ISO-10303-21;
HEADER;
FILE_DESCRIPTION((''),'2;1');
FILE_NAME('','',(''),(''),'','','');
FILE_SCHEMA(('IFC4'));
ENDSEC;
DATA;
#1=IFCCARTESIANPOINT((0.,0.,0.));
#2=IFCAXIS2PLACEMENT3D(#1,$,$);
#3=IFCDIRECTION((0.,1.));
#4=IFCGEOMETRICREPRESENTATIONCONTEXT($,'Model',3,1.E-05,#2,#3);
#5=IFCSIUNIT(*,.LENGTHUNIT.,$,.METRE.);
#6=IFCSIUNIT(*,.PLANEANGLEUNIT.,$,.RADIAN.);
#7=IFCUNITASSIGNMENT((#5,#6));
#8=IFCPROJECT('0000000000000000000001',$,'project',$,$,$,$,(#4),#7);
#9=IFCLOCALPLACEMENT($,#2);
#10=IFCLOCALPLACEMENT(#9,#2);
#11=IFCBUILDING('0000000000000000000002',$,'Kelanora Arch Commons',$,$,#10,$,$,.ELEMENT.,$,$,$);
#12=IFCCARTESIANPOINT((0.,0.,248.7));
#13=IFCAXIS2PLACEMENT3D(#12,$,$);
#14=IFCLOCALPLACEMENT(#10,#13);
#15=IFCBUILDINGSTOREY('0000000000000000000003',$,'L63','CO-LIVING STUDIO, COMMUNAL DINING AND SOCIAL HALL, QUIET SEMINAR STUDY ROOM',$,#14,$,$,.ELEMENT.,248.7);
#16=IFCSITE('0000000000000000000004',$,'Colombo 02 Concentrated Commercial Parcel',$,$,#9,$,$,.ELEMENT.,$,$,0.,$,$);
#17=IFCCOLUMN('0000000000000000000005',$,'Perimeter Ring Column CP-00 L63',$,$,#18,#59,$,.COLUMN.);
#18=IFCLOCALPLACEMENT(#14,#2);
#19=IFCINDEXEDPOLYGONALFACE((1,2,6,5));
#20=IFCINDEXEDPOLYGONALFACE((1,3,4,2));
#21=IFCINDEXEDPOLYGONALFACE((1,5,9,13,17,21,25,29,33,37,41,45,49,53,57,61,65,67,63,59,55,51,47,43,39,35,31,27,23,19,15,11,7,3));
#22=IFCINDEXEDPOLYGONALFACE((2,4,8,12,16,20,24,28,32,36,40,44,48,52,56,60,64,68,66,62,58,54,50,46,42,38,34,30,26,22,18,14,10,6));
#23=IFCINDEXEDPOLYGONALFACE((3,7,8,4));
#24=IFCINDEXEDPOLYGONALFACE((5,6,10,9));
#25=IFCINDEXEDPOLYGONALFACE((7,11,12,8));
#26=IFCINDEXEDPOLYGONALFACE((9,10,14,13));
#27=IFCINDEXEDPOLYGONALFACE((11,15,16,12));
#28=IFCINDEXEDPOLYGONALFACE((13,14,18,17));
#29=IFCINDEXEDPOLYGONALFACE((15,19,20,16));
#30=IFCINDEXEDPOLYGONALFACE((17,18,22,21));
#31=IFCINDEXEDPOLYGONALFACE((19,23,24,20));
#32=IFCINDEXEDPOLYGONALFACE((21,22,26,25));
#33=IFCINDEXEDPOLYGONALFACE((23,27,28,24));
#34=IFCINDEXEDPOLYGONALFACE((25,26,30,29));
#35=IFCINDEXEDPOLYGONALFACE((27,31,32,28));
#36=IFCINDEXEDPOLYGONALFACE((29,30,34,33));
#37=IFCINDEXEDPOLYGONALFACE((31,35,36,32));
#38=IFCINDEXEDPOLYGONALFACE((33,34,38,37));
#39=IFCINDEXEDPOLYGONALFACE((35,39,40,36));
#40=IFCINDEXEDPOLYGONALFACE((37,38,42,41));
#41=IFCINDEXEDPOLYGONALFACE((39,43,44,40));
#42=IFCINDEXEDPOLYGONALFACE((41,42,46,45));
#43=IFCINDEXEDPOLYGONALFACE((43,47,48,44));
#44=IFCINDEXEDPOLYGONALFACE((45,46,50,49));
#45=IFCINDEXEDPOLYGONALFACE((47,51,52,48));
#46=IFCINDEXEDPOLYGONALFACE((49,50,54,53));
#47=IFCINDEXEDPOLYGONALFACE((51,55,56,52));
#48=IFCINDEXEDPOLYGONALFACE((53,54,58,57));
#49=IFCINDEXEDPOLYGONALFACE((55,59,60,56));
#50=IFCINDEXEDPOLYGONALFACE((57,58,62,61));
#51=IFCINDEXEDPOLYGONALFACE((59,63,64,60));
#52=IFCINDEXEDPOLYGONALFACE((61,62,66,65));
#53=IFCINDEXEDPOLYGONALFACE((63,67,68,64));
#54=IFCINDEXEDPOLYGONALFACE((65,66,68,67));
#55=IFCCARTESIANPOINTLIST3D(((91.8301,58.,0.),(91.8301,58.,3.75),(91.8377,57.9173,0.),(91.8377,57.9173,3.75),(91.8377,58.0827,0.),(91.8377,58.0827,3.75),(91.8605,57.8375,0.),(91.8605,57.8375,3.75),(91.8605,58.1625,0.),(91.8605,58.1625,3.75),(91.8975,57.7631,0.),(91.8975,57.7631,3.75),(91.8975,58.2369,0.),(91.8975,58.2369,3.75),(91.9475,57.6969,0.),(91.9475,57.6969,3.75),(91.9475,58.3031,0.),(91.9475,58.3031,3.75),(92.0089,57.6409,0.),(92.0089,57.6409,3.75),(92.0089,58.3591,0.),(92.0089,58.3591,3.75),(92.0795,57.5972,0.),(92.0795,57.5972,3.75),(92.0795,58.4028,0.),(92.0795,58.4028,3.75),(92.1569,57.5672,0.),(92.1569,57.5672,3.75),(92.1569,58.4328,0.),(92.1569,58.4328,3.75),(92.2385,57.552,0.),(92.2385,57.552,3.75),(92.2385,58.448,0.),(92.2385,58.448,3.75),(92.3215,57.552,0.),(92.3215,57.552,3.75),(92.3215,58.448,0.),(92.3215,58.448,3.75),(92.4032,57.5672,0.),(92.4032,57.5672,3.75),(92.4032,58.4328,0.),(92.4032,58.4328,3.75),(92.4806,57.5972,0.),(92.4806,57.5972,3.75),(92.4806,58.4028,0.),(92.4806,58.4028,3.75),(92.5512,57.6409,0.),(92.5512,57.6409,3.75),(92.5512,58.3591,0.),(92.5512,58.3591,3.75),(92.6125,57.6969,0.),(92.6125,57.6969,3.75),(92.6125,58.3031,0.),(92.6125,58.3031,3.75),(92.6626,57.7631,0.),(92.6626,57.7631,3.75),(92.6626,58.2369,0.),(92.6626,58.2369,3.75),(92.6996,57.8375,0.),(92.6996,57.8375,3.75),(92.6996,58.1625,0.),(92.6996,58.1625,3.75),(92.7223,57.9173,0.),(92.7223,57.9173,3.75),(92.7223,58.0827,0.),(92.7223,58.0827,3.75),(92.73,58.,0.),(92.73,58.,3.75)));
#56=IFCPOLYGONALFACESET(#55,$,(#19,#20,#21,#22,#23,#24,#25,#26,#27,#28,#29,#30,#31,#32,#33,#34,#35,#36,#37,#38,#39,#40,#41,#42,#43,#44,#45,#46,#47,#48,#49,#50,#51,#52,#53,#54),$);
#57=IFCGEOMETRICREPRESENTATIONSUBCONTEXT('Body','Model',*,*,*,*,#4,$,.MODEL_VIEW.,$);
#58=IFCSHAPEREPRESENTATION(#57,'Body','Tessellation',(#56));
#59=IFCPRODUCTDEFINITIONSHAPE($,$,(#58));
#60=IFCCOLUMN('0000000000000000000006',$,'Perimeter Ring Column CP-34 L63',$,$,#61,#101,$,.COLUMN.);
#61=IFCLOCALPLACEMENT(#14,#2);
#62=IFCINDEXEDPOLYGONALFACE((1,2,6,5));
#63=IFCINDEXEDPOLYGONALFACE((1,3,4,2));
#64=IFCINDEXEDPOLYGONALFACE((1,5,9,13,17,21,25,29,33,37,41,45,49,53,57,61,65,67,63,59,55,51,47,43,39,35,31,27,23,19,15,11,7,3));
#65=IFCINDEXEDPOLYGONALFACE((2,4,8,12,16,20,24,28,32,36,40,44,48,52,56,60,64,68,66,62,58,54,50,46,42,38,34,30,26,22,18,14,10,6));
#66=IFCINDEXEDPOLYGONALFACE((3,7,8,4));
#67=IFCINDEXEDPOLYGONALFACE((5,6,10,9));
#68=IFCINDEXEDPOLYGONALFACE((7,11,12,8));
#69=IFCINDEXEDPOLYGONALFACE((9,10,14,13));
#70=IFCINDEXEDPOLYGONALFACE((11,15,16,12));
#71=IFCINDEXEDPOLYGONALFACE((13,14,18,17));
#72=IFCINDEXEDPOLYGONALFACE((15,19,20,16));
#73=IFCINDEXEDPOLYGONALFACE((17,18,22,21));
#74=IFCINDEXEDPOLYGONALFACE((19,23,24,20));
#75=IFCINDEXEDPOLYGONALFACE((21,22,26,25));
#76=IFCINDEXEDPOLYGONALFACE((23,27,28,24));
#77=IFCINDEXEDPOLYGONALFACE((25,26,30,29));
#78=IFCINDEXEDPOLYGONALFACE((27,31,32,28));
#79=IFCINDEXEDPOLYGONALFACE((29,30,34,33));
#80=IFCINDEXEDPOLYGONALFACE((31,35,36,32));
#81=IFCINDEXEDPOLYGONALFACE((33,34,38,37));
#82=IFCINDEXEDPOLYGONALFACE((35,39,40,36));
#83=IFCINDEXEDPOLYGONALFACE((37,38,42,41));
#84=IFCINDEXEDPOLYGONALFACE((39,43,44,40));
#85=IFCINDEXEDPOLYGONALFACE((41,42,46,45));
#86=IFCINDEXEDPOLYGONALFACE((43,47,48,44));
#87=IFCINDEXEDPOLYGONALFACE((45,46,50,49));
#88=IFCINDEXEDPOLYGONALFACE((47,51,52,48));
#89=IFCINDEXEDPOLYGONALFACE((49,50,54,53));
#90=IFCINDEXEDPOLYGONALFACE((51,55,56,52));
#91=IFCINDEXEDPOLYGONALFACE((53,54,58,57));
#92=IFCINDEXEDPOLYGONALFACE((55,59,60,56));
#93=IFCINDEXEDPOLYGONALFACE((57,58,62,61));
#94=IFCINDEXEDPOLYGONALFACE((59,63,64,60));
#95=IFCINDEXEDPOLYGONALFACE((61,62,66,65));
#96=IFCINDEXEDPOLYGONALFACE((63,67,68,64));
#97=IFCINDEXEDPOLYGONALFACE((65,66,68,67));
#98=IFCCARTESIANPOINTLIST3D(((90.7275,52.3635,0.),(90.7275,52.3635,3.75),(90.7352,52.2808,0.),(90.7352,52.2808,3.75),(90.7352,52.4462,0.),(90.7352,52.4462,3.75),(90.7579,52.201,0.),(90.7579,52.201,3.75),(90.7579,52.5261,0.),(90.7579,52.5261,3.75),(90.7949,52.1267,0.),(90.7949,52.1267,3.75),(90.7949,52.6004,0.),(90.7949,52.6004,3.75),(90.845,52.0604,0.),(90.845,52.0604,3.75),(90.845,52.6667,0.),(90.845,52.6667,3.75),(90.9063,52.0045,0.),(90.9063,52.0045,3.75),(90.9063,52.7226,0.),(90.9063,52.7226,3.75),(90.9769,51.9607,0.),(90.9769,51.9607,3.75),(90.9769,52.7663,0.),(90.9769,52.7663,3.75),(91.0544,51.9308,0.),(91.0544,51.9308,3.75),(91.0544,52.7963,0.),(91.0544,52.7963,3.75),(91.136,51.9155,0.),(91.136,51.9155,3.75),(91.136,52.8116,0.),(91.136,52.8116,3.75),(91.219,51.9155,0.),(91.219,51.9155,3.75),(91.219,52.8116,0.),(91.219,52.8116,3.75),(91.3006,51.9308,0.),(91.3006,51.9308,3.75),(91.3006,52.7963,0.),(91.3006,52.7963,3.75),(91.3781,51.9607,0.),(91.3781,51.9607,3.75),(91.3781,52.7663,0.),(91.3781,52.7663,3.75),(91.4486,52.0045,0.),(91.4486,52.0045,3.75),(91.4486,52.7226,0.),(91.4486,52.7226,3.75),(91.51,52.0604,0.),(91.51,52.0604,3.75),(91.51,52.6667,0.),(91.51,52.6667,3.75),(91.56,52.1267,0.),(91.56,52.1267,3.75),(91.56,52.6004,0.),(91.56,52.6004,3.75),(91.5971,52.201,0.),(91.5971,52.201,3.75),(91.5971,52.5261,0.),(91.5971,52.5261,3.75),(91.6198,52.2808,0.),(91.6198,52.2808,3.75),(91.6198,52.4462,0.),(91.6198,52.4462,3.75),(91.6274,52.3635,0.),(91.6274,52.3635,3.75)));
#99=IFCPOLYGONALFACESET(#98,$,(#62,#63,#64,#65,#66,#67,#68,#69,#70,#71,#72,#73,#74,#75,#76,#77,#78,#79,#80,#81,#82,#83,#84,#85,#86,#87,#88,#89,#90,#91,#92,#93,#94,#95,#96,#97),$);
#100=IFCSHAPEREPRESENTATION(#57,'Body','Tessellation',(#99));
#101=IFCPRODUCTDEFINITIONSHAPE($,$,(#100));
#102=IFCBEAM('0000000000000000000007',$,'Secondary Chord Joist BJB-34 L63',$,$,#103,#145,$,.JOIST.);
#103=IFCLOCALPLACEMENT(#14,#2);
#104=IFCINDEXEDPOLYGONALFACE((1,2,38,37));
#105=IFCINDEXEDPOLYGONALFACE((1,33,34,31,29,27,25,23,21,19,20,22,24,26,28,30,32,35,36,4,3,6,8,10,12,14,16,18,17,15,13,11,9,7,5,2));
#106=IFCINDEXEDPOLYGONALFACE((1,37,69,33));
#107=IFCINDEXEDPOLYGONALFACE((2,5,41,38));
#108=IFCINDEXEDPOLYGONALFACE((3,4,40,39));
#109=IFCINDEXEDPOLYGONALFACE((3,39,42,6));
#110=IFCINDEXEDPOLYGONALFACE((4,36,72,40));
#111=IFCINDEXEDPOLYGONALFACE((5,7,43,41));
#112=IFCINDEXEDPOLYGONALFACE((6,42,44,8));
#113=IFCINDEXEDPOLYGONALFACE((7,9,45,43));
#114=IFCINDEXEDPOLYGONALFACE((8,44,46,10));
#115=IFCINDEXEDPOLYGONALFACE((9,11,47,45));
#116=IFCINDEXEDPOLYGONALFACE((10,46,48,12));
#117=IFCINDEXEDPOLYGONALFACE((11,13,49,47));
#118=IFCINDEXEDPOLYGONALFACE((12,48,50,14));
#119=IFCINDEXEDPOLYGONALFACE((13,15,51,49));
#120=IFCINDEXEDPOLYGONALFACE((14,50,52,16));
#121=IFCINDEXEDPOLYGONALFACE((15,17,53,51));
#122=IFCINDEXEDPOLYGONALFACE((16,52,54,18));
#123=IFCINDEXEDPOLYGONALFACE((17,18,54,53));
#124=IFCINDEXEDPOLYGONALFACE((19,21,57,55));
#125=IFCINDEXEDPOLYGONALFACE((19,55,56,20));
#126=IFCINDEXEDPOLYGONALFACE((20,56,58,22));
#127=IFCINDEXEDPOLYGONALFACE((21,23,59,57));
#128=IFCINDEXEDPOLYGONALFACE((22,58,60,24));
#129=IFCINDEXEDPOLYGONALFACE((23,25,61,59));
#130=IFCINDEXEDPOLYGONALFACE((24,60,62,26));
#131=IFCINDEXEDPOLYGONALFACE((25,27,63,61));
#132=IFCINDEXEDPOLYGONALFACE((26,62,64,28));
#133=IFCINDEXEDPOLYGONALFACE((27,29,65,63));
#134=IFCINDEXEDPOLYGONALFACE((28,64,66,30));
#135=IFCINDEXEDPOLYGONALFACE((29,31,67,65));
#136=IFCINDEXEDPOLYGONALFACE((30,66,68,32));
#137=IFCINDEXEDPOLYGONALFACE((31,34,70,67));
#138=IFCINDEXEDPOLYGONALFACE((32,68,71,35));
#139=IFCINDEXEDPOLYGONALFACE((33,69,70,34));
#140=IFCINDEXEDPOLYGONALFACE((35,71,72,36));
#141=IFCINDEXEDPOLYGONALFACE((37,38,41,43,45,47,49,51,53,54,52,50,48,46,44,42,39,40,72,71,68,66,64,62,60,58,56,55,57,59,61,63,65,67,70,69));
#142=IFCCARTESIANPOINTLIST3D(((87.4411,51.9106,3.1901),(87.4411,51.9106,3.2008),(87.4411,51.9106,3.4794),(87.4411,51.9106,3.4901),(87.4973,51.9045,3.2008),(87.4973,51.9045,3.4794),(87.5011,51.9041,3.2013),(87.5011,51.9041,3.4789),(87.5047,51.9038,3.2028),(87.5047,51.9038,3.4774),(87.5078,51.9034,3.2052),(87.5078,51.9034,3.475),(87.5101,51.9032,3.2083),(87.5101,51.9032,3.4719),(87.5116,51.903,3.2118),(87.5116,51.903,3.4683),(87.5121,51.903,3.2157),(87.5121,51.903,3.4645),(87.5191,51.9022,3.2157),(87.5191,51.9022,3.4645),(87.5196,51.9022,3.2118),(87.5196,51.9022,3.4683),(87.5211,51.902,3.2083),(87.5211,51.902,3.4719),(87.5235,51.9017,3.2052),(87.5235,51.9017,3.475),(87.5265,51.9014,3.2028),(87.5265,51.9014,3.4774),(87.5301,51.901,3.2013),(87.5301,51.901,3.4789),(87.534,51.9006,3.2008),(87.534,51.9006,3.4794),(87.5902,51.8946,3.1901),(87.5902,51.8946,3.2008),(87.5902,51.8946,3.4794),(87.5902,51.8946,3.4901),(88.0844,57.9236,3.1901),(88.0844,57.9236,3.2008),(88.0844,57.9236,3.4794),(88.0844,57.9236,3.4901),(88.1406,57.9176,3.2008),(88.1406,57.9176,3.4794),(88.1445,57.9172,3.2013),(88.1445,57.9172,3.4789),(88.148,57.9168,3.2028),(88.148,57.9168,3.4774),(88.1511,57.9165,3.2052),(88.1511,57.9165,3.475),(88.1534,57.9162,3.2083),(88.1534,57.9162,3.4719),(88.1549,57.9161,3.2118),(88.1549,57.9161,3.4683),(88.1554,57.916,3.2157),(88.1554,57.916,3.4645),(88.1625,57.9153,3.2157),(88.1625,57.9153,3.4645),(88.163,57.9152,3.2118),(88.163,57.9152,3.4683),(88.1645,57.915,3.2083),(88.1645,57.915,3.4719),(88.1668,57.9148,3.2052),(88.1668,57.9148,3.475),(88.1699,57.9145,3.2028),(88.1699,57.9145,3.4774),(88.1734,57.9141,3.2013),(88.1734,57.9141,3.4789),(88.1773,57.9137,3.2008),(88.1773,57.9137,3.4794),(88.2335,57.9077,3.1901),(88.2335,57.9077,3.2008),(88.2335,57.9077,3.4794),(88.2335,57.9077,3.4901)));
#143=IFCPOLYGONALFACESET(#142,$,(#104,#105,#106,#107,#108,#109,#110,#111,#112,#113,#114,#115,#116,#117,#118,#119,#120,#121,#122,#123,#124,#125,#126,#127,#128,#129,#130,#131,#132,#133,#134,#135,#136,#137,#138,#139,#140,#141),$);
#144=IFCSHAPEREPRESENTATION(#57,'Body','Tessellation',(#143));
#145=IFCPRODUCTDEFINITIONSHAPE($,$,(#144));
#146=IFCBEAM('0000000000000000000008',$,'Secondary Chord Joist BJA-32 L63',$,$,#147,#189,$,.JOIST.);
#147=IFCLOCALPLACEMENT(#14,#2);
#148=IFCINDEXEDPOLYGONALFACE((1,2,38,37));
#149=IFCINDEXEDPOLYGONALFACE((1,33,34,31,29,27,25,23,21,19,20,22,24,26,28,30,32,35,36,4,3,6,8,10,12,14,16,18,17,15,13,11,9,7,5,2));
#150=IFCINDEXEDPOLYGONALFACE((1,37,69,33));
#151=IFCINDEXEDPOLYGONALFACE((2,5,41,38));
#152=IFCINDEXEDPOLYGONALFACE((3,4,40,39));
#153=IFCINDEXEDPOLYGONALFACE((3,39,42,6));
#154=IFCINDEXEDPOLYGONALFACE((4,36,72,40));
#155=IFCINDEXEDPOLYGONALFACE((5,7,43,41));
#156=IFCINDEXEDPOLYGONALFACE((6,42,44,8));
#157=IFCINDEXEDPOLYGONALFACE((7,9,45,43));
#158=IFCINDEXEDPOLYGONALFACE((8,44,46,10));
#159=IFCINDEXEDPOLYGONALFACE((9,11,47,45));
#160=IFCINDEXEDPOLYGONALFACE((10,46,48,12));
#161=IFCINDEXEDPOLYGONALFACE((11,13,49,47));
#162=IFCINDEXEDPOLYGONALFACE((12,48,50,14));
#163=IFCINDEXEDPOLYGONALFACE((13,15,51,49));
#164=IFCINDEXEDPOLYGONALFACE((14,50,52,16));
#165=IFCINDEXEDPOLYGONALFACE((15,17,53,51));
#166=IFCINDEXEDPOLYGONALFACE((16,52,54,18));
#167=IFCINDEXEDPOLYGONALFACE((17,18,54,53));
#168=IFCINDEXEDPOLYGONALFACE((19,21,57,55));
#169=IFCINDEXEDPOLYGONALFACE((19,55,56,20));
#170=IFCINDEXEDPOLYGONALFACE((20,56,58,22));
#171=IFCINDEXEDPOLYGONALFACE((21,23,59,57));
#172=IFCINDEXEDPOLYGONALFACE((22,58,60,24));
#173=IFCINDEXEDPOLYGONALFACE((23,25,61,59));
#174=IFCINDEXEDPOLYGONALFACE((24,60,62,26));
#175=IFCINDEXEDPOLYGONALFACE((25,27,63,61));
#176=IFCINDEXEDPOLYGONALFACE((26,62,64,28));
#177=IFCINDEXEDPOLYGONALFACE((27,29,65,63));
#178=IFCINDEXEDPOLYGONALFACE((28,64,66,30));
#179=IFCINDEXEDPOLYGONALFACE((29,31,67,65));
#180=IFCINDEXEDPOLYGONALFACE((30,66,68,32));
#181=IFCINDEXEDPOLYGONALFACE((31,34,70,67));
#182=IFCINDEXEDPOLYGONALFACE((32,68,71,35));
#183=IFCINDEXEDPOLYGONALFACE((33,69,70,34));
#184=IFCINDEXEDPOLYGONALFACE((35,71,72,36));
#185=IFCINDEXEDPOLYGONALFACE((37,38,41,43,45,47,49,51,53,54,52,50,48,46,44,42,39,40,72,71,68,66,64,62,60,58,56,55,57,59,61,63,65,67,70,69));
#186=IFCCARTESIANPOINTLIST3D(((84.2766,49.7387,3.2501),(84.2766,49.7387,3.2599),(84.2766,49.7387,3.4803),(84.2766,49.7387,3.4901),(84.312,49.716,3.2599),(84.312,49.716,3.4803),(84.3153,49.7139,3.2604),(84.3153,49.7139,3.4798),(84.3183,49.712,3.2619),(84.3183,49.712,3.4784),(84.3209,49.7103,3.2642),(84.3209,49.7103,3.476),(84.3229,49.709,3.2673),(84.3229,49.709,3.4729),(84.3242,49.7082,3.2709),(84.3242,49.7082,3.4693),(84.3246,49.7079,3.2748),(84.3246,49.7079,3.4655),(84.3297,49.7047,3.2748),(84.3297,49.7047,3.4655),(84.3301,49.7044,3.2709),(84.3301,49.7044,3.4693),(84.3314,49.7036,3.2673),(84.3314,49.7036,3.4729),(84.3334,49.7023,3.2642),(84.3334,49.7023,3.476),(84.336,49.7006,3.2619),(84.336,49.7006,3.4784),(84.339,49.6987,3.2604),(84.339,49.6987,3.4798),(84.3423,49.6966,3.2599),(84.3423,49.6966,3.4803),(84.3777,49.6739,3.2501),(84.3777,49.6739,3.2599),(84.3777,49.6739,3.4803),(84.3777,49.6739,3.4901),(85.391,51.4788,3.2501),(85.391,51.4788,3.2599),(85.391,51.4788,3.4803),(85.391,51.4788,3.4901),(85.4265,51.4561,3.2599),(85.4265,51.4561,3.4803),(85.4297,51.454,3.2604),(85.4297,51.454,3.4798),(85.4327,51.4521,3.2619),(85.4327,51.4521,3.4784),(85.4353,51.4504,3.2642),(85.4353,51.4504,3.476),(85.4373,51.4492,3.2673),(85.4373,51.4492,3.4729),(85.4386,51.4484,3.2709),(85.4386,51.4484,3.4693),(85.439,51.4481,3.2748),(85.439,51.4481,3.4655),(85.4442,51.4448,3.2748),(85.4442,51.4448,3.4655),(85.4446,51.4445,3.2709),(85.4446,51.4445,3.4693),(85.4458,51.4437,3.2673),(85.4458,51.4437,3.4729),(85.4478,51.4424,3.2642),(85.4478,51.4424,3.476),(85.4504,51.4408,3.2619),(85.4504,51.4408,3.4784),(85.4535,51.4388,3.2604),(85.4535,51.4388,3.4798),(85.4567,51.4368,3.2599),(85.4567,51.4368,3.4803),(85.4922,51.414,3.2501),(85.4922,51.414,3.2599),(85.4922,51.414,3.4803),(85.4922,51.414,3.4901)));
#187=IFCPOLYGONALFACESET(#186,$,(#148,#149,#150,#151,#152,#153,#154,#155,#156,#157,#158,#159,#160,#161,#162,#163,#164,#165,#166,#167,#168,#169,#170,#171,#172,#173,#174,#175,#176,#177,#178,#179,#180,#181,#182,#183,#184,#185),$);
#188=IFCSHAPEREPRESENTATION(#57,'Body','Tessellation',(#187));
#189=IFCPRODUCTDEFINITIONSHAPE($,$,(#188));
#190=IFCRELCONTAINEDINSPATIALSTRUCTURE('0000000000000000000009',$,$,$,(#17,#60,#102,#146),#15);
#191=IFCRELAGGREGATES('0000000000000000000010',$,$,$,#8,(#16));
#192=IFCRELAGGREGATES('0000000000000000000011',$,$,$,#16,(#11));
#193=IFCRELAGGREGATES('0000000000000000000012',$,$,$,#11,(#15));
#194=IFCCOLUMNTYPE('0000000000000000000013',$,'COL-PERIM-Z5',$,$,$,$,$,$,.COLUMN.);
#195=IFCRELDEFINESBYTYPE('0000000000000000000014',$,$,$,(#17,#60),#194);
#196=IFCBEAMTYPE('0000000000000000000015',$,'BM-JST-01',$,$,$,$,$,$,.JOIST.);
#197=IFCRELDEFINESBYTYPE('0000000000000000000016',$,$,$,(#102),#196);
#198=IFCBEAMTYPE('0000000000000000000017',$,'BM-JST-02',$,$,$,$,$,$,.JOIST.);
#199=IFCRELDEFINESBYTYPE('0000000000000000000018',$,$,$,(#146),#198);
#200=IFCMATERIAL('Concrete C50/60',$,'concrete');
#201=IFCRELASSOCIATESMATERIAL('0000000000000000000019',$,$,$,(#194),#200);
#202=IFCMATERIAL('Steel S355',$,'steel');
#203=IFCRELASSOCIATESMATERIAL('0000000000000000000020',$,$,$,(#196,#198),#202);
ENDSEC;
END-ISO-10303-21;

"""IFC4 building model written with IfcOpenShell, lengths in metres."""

from ifc_helpers import new_model, si_unit, direction, frame, origin, origin_2d, place, context, subcontext, project, spatial, circle, i_section, extrude, material, material_profile, profile_set, type_object, element, save


model = new_model("IFC4")

# Units and contexts
model_context = context("Model", 3, precision=1e-05, world=origin(), true_north=direction((0.0, 1.0)))
body_context = subcontext(model_context, "Body", "Model", "MODEL_VIEW")
ifc_project = project(units=[si_unit("LENGTHUNIT", "METRE"), si_unit("PLANEANGLEUNIT", "RADIAN")], contexts=[model_context])

# Site, building, storey
site_placement = place(None, origin())
site = spatial("IfcSite", under=ifc_project, at=site_placement, Name="Colombo 02 Concentrated Commercial Parcel", CompositionType="ELEMENT", RefElevation=0.0)
building_placement = place(site_placement, origin())
building = spatial("IfcBuilding", under=site, at=building_placement, Name="Kelanora Arch Commons", CompositionType="ELEMENT")
storey_placement = place(building_placement, frame((0.0, 0.0, 248.7)))
storey = spatial("IfcBuildingStorey", under=building, at=storey_placement, Name="L63", Description="CO-LIVING STUDIO, COMMUNAL DINING AND SOCIAL HALL, QUIET SEMINAR STUDY ROOM", CompositionType="ELEMENT", Elevation=248.7)

# Columns
ifc_material_1 = material(Name="Concrete C50/60", Category="concrete")
ifc_material_profile_1 = material_profile(ifc_material_1, circle(Radius=0.45, at=origin_2d()), Name="RCC900")
ifc_profile_set_1 = profile_set([ifc_material_profile_1], Name="Concrete C50/60")
column_type = type_object("IfcColumnType", Name="COL-PERIM-Z5", PredefinedType="COLUMN", material=ifc_profile_set_1)
for number, where, z_axis, x_axis, name in (
    (1, (92.28, 58.0, 0.0), (0.0, 0.0, 1.0), (1.0, 0.0, 0.0), "Perimeter Ring Column CP-00 L63"),
    (2, (91.1775, 52.3635, 0.0), (0.0, 0.0, 1.0), (1.0, 0.0, 0.0), "Perimeter Ring Column CP-34 L63"),
):
    element("IfcColumn", number, at=place(storey_placement, frame(where, z_axis=z_axis, x_axis=x_axis)), inside=storey, type_object=column_type, Name=name, PredefinedType="COLUMN", context=body_context, shape_type="SweptSolid", body=[
        extrude(circle(Radius=0.45, at=origin_2d()), origin(), (0.0, 0.0, 1.0), 3.75),
    ])

# Beams
ifc_material_2 = material(Name="Steel S355", Category="steel")
ifc_material_profile_2 = material_profile(ifc_material_2, i_section(OverallWidth=0.1499, OverallDepth=0.3, WebThickness=0.0071, FlangeThickness=0.0107, FilletRadius=0.0149, at=origin_2d()), Name="IPE300")
ifc_profile_set_2 = profile_set([ifc_material_profile_2], Name="Steel S355")
beam_type_1 = type_object("IfcBeamType", Name="BM-JST-01", PredefinedType="JOIST", material=ifc_profile_set_2)
beam_1_placement = place(storey_placement, frame((87.5156, 51.9026, 3.3401), z_axis=(0.106381, 0.994325, 0.0), x_axis=(-0.994325, 0.106381, 0.0)))
element("IfcBeam", 3, at=beam_1_placement, inside=storey, type_object=beam_type_1, Name="Secondary Chord Joist BJB-34 L63", PredefinedType="JOIST", context=body_context, shape_type="SweptSolid", body=[
    extrude(i_section(OverallWidth=0.1499, OverallDepth=0.3, WebThickness=0.0071, FlangeThickness=0.0107, FilletRadius=0.0149, at=origin_2d()), origin(), (0.0, 0.0, 1.0), 6.0474),
])
ifc_material_profile_3 = material_profile(ifc_material_2, i_section(OverallWidth=0.1201, OverallDepth=0.24, WebThickness=0.0061, FlangeThickness=0.0098, FilletRadius=0.0149, at=origin_2d()), Name="IPE240")
ifc_profile_set_3 = profile_set([ifc_material_profile_3], Name="Steel S355")
beam_type_2 = type_object("IfcBeamType", Name="BM-JST-02", PredefinedType="JOIST", material=ifc_profile_set_3)
beam_2_placement = place(storey_placement, frame((84.3271, 49.7063, 3.3701), z_axis=(0.539312, 0.842106, 0.0), x_axis=(-0.842106, 0.539312, 0.0)))
element("IfcBeam", 4, at=beam_2_placement, inside=storey, type_object=beam_type_2, Name="Secondary Chord Joist BJA-32 L63", PredefinedType="JOIST", context=body_context, shape_type="SweptSolid", body=[
    extrude(i_section(OverallWidth=0.1201, OverallDepth=0.24, WebThickness=0.0061, FlangeThickness=0.0098, FilletRadius=0.0149, at=origin_2d()), origin(), (0.0, 0.0, 1.0), 2.0664),
])

save(model, "model.ifc")
